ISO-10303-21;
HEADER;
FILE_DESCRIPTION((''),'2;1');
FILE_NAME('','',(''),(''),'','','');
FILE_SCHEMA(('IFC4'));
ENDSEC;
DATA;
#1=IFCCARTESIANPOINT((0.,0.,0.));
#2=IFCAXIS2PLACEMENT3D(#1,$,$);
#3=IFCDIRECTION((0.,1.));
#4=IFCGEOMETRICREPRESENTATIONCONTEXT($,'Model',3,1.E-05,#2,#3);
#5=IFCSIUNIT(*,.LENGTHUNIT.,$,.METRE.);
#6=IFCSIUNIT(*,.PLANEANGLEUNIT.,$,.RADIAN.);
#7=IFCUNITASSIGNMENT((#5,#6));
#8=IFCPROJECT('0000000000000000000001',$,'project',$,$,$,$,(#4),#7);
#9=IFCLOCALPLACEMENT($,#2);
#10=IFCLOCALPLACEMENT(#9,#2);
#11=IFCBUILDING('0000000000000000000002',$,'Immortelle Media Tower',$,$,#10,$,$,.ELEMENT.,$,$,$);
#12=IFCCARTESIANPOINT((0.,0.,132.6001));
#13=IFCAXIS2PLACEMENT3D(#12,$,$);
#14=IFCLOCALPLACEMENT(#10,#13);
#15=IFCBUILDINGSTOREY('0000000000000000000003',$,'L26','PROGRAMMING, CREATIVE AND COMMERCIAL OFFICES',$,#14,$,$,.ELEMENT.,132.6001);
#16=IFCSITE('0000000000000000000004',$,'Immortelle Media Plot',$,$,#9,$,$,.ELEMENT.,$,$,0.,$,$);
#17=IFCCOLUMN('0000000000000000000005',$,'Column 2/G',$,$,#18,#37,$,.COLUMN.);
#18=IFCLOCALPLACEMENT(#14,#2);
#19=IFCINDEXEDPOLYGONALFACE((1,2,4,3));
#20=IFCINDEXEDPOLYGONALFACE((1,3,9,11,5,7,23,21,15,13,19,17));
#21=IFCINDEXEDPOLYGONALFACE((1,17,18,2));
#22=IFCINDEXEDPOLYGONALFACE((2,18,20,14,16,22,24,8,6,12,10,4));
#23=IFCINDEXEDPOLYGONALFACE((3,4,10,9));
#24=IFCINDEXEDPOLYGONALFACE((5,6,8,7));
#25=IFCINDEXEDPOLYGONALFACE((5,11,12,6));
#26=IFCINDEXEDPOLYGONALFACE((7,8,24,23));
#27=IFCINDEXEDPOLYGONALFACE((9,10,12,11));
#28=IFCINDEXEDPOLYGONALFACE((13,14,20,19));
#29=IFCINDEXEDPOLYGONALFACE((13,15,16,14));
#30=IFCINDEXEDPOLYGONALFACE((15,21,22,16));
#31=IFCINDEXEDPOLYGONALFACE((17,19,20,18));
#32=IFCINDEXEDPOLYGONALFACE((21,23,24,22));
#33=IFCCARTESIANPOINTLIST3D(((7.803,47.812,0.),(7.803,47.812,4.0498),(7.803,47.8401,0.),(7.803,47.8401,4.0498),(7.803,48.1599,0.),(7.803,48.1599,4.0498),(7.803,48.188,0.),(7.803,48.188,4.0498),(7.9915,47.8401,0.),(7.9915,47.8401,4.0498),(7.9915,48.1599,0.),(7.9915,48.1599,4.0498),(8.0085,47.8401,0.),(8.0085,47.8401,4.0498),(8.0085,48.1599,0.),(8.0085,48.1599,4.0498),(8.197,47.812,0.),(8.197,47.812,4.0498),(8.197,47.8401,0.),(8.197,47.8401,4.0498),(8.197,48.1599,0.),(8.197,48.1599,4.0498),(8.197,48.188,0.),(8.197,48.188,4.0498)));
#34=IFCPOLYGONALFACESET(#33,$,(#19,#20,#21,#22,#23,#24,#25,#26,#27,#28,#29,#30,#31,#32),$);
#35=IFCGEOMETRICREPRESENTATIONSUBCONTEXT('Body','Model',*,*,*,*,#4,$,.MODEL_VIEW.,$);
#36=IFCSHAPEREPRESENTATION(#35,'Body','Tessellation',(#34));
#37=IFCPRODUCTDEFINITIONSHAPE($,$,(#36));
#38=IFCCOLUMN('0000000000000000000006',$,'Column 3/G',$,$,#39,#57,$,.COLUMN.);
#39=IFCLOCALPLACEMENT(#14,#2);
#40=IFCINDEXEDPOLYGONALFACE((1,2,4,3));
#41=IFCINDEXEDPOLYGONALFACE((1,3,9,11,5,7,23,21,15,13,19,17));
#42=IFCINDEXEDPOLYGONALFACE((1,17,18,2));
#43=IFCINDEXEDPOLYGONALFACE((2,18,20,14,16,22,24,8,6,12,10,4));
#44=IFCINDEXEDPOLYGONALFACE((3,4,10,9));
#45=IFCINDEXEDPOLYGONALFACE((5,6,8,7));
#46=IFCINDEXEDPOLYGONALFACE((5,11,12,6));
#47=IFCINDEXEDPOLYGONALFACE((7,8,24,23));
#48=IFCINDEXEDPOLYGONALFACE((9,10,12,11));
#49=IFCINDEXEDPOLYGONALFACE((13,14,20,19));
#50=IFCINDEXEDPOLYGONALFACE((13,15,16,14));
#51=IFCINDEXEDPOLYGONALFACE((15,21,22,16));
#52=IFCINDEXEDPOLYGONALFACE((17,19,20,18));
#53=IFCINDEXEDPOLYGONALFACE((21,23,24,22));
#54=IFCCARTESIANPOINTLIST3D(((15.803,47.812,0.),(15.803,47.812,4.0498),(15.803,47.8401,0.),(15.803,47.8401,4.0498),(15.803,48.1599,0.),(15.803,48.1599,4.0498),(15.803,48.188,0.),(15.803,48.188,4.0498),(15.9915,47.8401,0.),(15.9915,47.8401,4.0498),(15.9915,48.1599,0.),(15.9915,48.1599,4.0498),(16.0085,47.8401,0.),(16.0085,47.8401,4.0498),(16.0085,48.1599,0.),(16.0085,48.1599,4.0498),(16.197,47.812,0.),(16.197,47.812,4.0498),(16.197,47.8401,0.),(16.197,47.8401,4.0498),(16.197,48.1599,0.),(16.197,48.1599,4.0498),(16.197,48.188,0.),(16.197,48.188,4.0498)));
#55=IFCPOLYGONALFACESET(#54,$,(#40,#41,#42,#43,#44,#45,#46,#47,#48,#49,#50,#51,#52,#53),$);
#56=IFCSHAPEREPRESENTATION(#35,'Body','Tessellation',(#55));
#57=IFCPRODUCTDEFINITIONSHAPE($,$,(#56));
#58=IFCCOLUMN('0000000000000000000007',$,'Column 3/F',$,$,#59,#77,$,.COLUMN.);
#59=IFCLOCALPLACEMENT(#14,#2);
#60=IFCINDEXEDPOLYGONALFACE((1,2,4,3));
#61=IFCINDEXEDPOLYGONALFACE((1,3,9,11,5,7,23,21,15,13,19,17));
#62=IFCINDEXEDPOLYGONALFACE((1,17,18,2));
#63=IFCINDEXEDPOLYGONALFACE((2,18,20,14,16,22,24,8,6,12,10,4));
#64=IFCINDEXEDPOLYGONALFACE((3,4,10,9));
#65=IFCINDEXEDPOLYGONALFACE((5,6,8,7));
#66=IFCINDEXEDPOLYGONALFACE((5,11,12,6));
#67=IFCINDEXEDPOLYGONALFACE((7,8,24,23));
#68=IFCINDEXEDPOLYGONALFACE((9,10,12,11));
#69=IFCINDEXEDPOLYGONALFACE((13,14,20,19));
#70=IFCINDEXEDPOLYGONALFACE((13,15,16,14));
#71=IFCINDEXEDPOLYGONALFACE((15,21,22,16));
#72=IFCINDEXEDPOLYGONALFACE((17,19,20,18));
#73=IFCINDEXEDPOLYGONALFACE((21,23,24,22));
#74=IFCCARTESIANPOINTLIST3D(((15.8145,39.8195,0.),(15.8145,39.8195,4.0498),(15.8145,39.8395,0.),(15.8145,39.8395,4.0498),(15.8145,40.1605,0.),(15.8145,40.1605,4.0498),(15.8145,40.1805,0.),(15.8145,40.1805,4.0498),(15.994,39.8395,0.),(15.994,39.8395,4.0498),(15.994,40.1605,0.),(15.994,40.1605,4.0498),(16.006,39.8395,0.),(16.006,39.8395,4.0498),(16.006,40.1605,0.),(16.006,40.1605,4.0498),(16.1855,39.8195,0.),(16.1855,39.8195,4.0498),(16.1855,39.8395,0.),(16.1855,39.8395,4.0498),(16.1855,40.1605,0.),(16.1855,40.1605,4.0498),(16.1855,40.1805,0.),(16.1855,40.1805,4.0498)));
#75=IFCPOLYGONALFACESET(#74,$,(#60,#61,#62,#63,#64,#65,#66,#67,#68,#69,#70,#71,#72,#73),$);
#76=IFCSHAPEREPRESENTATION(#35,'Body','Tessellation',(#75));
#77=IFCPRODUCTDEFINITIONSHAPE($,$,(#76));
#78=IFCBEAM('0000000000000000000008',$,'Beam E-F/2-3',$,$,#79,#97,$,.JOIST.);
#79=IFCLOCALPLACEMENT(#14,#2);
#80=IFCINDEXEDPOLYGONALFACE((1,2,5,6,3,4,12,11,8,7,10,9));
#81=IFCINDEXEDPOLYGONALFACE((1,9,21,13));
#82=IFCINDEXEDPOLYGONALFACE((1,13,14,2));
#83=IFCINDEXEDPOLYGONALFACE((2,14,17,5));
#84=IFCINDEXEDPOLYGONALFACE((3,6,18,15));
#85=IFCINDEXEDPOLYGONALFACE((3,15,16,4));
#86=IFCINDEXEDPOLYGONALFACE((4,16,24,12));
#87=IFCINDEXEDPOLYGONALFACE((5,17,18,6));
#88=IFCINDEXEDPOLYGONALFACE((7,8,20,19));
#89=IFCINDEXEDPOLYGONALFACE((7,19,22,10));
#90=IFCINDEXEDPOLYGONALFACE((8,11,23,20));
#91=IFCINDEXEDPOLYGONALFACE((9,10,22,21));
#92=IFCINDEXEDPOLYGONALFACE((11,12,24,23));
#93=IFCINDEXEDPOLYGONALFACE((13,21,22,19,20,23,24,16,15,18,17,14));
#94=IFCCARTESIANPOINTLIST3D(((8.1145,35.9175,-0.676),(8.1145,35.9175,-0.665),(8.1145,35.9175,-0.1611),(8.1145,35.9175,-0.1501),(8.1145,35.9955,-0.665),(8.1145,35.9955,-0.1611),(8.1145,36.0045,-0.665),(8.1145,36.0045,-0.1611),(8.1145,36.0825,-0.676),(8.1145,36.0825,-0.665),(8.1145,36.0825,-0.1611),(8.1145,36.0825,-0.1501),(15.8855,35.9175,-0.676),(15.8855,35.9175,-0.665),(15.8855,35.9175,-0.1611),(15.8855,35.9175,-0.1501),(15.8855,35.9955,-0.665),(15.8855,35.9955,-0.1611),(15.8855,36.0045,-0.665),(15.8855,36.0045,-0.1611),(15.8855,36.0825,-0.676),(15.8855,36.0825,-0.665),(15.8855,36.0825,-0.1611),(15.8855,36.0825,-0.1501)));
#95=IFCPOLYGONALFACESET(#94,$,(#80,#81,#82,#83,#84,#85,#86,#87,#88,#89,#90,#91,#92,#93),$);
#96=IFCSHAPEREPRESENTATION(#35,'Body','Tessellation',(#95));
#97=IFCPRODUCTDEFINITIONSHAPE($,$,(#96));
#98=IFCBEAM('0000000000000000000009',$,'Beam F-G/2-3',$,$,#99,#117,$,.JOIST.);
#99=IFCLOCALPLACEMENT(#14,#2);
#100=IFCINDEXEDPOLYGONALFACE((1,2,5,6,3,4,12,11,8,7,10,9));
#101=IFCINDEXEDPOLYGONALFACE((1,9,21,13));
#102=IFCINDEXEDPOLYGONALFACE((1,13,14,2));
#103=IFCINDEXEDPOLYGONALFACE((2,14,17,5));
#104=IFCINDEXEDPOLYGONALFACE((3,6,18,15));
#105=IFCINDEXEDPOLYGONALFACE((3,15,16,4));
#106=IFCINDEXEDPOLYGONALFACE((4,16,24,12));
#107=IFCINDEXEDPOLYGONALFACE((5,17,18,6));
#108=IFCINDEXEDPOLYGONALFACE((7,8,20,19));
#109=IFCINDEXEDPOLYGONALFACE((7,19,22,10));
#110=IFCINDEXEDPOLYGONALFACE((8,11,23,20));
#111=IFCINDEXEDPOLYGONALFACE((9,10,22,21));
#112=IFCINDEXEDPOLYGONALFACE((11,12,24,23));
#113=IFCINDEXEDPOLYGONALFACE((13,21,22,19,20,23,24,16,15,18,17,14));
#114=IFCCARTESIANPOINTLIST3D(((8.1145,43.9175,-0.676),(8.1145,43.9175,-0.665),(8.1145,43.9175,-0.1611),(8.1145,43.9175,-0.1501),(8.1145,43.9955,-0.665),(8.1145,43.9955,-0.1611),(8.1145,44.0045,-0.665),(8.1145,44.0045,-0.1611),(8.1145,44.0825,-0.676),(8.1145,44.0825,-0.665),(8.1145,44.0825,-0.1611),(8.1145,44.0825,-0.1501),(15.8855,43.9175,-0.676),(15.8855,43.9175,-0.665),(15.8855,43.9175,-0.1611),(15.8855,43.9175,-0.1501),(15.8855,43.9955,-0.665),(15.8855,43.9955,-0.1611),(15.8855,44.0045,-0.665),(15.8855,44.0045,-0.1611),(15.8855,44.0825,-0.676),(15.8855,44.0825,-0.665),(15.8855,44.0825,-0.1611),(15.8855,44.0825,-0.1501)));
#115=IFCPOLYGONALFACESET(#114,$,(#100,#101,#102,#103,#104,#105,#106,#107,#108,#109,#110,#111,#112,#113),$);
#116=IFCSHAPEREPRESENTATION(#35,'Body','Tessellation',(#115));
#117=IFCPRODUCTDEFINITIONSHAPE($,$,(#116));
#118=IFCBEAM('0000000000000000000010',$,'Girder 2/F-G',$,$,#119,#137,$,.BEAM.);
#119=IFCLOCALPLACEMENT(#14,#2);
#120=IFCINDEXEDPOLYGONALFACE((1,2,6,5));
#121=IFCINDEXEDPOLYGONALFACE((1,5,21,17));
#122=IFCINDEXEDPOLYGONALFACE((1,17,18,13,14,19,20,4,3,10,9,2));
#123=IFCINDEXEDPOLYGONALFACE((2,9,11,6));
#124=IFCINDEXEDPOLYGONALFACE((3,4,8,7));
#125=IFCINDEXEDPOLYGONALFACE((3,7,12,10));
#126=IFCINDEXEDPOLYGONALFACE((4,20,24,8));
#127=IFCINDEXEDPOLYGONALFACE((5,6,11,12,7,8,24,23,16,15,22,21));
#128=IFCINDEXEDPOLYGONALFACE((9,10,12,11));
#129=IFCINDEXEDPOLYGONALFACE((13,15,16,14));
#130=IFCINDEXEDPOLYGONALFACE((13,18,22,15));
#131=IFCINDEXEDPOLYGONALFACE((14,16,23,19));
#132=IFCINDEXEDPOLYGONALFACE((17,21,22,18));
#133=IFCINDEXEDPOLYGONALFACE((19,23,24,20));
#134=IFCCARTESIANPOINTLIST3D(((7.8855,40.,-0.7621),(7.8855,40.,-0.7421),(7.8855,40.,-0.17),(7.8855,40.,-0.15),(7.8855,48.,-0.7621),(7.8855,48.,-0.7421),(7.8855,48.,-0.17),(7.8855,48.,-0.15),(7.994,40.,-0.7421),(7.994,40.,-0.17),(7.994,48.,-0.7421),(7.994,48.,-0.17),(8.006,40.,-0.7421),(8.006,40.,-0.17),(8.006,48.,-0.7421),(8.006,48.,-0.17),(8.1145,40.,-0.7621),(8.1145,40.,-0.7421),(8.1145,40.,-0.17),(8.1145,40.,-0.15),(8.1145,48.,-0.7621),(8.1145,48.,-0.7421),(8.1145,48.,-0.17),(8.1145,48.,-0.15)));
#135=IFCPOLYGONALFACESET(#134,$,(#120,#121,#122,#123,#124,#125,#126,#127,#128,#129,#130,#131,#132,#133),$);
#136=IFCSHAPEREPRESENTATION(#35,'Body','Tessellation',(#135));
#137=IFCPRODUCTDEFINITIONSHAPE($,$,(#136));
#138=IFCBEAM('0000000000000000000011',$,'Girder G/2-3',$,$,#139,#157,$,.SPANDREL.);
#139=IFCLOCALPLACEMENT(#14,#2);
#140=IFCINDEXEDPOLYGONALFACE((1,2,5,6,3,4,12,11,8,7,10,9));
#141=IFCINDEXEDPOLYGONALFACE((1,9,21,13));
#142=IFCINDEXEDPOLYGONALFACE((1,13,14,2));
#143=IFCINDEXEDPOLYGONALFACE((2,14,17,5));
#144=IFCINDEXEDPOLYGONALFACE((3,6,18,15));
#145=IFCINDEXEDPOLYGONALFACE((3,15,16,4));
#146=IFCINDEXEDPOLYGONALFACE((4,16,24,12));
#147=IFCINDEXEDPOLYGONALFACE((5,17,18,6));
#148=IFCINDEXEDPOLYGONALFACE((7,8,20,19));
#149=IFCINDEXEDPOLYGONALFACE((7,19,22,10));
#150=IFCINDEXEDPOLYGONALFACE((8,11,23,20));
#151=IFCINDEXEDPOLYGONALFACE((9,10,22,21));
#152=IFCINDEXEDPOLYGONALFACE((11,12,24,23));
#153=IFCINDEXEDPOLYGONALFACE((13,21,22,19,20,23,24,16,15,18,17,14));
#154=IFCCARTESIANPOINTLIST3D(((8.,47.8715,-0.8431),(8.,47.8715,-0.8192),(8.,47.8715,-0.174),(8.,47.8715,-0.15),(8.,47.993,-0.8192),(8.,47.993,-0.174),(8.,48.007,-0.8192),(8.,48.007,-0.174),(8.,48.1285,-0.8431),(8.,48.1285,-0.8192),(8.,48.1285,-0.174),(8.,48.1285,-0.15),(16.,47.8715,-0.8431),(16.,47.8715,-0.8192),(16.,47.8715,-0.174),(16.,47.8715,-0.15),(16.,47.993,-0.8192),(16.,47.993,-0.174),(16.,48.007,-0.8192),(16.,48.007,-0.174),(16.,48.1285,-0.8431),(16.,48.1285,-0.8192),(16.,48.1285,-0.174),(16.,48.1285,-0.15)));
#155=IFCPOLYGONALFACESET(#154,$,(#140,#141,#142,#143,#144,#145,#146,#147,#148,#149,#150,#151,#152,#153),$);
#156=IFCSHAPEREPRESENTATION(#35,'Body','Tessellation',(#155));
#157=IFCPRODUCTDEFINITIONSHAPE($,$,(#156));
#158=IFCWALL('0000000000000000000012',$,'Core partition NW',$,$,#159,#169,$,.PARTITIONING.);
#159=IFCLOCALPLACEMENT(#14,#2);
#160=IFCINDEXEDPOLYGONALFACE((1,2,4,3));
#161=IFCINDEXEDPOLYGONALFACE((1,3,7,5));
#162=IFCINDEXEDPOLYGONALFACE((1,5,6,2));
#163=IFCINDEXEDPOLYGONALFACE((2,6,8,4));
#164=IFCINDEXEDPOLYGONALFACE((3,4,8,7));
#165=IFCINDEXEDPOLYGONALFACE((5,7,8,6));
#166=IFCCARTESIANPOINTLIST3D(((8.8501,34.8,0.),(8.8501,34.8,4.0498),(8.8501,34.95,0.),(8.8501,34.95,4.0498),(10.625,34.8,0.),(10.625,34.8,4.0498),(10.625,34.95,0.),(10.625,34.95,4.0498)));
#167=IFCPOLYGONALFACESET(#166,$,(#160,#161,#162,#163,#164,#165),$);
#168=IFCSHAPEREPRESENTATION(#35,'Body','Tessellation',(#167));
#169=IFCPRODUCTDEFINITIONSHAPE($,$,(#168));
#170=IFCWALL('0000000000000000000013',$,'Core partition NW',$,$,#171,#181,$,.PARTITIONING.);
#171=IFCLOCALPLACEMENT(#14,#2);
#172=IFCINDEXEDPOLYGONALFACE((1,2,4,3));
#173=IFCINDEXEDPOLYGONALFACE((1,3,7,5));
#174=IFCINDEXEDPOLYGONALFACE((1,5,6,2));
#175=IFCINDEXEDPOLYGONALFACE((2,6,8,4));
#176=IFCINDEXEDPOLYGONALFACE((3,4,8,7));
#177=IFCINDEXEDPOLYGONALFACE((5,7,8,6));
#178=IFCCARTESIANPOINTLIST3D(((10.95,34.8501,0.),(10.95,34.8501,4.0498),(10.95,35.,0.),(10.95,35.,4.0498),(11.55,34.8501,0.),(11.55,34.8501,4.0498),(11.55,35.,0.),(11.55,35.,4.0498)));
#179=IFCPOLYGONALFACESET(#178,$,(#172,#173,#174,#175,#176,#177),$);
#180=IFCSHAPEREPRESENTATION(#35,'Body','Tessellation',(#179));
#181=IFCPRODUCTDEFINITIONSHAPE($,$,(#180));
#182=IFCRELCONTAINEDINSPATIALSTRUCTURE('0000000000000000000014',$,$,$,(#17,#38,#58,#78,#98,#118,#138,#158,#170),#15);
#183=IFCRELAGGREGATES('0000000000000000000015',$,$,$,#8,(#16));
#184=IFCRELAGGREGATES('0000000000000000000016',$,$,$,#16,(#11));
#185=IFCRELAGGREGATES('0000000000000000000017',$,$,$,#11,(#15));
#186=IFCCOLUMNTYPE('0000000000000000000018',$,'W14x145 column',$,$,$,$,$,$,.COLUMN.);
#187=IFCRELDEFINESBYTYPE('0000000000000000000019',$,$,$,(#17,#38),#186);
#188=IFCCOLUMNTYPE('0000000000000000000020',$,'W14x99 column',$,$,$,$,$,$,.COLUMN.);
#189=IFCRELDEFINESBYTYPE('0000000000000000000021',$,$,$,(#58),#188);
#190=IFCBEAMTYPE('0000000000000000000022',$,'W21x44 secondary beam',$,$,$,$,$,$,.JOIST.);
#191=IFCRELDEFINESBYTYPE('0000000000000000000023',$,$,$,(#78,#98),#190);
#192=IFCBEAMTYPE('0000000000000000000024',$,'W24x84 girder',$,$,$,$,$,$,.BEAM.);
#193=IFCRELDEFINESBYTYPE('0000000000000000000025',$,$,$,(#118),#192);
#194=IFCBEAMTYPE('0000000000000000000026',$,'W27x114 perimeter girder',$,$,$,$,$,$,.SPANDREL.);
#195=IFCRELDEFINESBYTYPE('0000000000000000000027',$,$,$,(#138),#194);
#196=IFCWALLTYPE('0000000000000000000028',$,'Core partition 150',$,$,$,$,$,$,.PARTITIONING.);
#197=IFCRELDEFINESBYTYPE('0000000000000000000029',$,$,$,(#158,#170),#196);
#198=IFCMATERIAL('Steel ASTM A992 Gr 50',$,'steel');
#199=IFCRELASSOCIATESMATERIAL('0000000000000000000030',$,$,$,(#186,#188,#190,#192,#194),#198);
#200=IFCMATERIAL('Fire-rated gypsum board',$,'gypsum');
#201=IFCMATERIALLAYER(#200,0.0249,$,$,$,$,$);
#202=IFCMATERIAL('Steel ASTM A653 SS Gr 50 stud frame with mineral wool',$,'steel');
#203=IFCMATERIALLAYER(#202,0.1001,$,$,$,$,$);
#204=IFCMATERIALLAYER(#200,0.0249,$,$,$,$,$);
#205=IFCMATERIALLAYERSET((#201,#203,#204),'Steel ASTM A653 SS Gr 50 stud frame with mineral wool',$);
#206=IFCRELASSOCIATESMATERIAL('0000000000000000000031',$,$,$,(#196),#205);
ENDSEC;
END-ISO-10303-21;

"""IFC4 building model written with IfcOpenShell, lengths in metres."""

from ifc_helpers import new_model, si_unit, direction, frame, frame_2d, origin, origin_2d, place, context, subcontext, project, spatial, rectangle, i_section, extrude, material, layer, layer_set, material_profile, profile_set, type_object, element, save


model = new_model("IFC4")

# Units and contexts
model_context = context("Model", 3, precision=1e-05, world=origin(), true_north=direction((0.0, 1.0)))
body_context = subcontext(model_context, "Body", "Model", "MODEL_VIEW")
ifc_project = project(units=[si_unit("LENGTHUNIT", "METRE"), si_unit("PLANEANGLEUNIT", "RADIAN")], contexts=[model_context])

# Site, building, storey
site_placement = place(None, origin())
site = spatial("IfcSite", under=ifc_project, at=site_placement, Name="Immortelle Media Plot", CompositionType="ELEMENT", RefElevation=0.0)
building_placement = place(site_placement, origin())
building = spatial("IfcBuilding", under=site, at=building_placement, Name="Immortelle Media Tower", CompositionType="ELEMENT")
storey_placement = place(building_placement, frame((0.0, 0.0, 132.6001)))
storey = spatial("IfcBuildingStorey", under=building, at=storey_placement, Name="L26", Description="PROGRAMMING, CREATIVE AND COMMERCIAL OFFICES", CompositionType="ELEMENT", Elevation=132.6001)

# Columns
ifc_material_1 = material(Name="Steel ASTM A992 Gr 50", Category="steel")
ifc_material_profile_1 = material_profile(ifc_material_1, i_section(OverallWidth=0.394, OverallDepth=0.376, WebThickness=0.0171, FlangeThickness=0.0281, at=origin_2d()), Name="W14x145")
ifc_profile_set_1 = profile_set([ifc_material_profile_1], Name="Steel ASTM A992 Gr 50")
column_type_1 = type_object("IfcColumnType", Name="W14x145 column", PredefinedType="COLUMN", material=ifc_profile_set_1)
for number, where, z_axis, x_axis, name in (
    (1, (8.0, 48.0, 0.0), (0.0, 0.0, 1.0), (1.0, 0.0, 0.0), "Column 2/G"),
    (2, (16.0, 48.0, 0.0), (0.0, 0.0, 1.0), (1.0, 0.0, 0.0), "Column 3/G"),
):
    element("IfcColumn", number, at=place(storey_placement, frame(where, z_axis=z_axis, x_axis=x_axis)), inside=storey, type_object=column_type_1, Name=name, PredefinedType="COLUMN", context=body_context, shape_type="SweptSolid", body=[
        extrude(i_section(OverallWidth=0.394, OverallDepth=0.376, WebThickness=0.0171, FlangeThickness=0.0281, at=origin_2d()), origin(), (0.0, 0.0, 1.0), 4.0498),
    ])
ifc_material_profile_2 = material_profile(ifc_material_1, i_section(OverallWidth=0.3711, OverallDepth=0.3611, WebThickness=0.012, FlangeThickness=0.02, at=origin_2d()), Name="W14x99")
ifc_profile_set_2 = profile_set([ifc_material_profile_2], Name="Steel ASTM A992 Gr 50")
column_type_2 = type_object("IfcColumnType", Name="W14x99 column", PredefinedType="COLUMN", material=ifc_profile_set_2)
column_placement = place(storey_placement, frame((16.0, 40.0, 0.0), z_axis=(0.0, 0.0, 1.0), x_axis=(1.0, 0.0, 0.0)))
element("IfcColumn", 3, at=column_placement, inside=storey, type_object=column_type_2, Name="Column 3/F", PredefinedType="COLUMN", context=body_context, shape_type="SweptSolid", body=[
    extrude(i_section(OverallWidth=0.3711, OverallDepth=0.3611, WebThickness=0.012, FlangeThickness=0.02, at=origin_2d()), origin(), (0.0, 0.0, 1.0), 4.0498),
])

# Beams
ifc_material_profile_3 = material_profile(ifc_material_1, i_section(OverallWidth=0.165, OverallDepth=0.5259, WebThickness=0.009, FlangeThickness=0.011, at=origin_2d()), Name="W21x44")
ifc_profile_set_3 = profile_set([ifc_material_profile_3], Name="Steel ASTM A992 Gr 50")
beam_type_1 = type_object("IfcBeamType", Name="W21x44 secondary beam", PredefinedType="JOIST", material=ifc_profile_set_3)
for number, where, z_axis, x_axis, name in (
    (4, (8.1145, 36.0, -0.4131), (1.0, 0.0, 0.0), (0.0, 1.0, 0.0), "Beam E-F/2-3"),
    (5, (8.1145, 44.0, -0.4131), (1.0, 0.0, 0.0), (0.0, 1.0, 0.0), "Beam F-G/2-3"),
):
    element("IfcBeam", number, at=place(storey_placement, frame(where, z_axis=z_axis, x_axis=x_axis)), inside=storey, type_object=beam_type_1, Name=name, PredefinedType="JOIST", context=body_context, shape_type="SweptSolid", body=[
        extrude(i_section(OverallWidth=0.165, OverallDepth=0.5259, WebThickness=0.009, FlangeThickness=0.011, at=origin_2d()), origin(), (0.0, 0.0, 1.0), 7.771),
    ])
ifc_material_profile_4 = material_profile(ifc_material_1, i_section(OverallWidth=0.229, OverallDepth=0.6121, WebThickness=0.012, FlangeThickness=0.02, at=origin_2d()), Name="W24x84")
ifc_profile_set_4 = profile_set([ifc_material_profile_4], Name="Steel ASTM A992 Gr 50")
beam_type_2 = type_object("IfcBeamType", Name="W24x84 girder", PredefinedType="BEAM", material=ifc_profile_set_4)
beam_1_placement = place(storey_placement, frame((8.0, 40.0, -0.4561), z_axis=(0.0, 1.0, 0.0), x_axis=(-1.0, 0.0, 0.0)))
element("IfcBeam", 6, at=beam_1_placement, inside=storey, type_object=beam_type_2, Name="Girder 2/F-G", PredefinedType="BEAM", context=body_context, shape_type="SweptSolid", body=[
    extrude(i_section(OverallWidth=0.229, OverallDepth=0.6121, WebThickness=0.012, FlangeThickness=0.02, at=origin_2d()), origin(), (0.0, 0.0, 1.0), 8.0),
])
ifc_material_profile_5 = material_profile(ifc_material_1, i_section(OverallWidth=0.2571, OverallDepth=0.6931, WebThickness=0.0139, FlangeThickness=0.0239, at=origin_2d()), Name="W27x114")
ifc_profile_set_5 = profile_set([ifc_material_profile_5], Name="Steel ASTM A992 Gr 50")
beam_type_3 = type_object("IfcBeamType", Name="W27x114 perimeter girder", PredefinedType="SPANDREL", material=ifc_profile_set_5)
beam_2_placement = place(storey_placement, frame((8.0, 48.0, -0.4966), z_axis=(1.0, 0.0, 0.0), x_axis=(0.0, 1.0, 0.0)))
element("IfcBeam", 7, at=beam_2_placement, inside=storey, type_object=beam_type_3, Name="Girder G/2-3", PredefinedType="SPANDREL", context=body_context, shape_type="SweptSolid", body=[
    extrude(i_section(OverallWidth=0.2571, OverallDepth=0.6931, WebThickness=0.0139, FlangeThickness=0.0239, at=origin_2d()), origin(), (0.0, 0.0, 1.0), 8.0),
])

# Walls
ifc_material_2 = material(Name="Fire-rated gypsum board", Category="gypsum")
ifc_layer_1 = layer(ifc_material_2, 0.0249)
ifc_material_3 = material(Name="Steel ASTM A653 SS Gr 50 stud frame with mineral wool", Category="steel")
ifc_layer_2 = layer(ifc_material_3, 0.1001)
ifc_layer_3 = layer(ifc_material_2, 0.0249)
ifc_layer_set_1 = layer_set([ifc_layer_1, ifc_layer_2, ifc_layer_3], Name="Steel ASTM A653 SS Gr 50 stud frame with mineral wool")
wall_type_1 = type_object("IfcWallType", Name="Core partition 150", PredefinedType="PARTITIONING", material=ifc_layer_set_1)
wall_1_placement = place(storey_placement, frame((8.8501, 34.875, 0.0), z_axis=(0.0, 0.0, 1.0), x_axis=(1.0, 0.0, 0.0)))
element("IfcWall", 8, at=wall_1_placement, inside=storey, type_object=wall_type_1, Name="Core partition NW", PredefinedType="PARTITIONING", context=body_context, shape_type="SweptSolid", body=[
    extrude(rectangle(XDim=1.7749, YDim=0.1499, at=frame_2d((0.8875, 0.0))), origin(), (0.0, 0.0, 1.0), 4.0498),
])
wall_2_placement = place(storey_placement, frame((10.95, 34.925, 0.0), z_axis=(0.0, 0.0, 1.0), x_axis=(1.0, 0.0, 0.0)))
element("IfcWall", 9, at=wall_2_placement, inside=storey, type_object=wall_type_1, Name="Core partition NW", PredefinedType="PARTITIONING", context=body_context, shape_type="SweptSolid", body=[
    extrude(rectangle(XDim=0.6001, YDim=0.1499, at=frame_2d((0.3, 0.0))), origin(), (0.0, 0.0, 1.0), 4.0498),
])

save(model, "model.ifc")
